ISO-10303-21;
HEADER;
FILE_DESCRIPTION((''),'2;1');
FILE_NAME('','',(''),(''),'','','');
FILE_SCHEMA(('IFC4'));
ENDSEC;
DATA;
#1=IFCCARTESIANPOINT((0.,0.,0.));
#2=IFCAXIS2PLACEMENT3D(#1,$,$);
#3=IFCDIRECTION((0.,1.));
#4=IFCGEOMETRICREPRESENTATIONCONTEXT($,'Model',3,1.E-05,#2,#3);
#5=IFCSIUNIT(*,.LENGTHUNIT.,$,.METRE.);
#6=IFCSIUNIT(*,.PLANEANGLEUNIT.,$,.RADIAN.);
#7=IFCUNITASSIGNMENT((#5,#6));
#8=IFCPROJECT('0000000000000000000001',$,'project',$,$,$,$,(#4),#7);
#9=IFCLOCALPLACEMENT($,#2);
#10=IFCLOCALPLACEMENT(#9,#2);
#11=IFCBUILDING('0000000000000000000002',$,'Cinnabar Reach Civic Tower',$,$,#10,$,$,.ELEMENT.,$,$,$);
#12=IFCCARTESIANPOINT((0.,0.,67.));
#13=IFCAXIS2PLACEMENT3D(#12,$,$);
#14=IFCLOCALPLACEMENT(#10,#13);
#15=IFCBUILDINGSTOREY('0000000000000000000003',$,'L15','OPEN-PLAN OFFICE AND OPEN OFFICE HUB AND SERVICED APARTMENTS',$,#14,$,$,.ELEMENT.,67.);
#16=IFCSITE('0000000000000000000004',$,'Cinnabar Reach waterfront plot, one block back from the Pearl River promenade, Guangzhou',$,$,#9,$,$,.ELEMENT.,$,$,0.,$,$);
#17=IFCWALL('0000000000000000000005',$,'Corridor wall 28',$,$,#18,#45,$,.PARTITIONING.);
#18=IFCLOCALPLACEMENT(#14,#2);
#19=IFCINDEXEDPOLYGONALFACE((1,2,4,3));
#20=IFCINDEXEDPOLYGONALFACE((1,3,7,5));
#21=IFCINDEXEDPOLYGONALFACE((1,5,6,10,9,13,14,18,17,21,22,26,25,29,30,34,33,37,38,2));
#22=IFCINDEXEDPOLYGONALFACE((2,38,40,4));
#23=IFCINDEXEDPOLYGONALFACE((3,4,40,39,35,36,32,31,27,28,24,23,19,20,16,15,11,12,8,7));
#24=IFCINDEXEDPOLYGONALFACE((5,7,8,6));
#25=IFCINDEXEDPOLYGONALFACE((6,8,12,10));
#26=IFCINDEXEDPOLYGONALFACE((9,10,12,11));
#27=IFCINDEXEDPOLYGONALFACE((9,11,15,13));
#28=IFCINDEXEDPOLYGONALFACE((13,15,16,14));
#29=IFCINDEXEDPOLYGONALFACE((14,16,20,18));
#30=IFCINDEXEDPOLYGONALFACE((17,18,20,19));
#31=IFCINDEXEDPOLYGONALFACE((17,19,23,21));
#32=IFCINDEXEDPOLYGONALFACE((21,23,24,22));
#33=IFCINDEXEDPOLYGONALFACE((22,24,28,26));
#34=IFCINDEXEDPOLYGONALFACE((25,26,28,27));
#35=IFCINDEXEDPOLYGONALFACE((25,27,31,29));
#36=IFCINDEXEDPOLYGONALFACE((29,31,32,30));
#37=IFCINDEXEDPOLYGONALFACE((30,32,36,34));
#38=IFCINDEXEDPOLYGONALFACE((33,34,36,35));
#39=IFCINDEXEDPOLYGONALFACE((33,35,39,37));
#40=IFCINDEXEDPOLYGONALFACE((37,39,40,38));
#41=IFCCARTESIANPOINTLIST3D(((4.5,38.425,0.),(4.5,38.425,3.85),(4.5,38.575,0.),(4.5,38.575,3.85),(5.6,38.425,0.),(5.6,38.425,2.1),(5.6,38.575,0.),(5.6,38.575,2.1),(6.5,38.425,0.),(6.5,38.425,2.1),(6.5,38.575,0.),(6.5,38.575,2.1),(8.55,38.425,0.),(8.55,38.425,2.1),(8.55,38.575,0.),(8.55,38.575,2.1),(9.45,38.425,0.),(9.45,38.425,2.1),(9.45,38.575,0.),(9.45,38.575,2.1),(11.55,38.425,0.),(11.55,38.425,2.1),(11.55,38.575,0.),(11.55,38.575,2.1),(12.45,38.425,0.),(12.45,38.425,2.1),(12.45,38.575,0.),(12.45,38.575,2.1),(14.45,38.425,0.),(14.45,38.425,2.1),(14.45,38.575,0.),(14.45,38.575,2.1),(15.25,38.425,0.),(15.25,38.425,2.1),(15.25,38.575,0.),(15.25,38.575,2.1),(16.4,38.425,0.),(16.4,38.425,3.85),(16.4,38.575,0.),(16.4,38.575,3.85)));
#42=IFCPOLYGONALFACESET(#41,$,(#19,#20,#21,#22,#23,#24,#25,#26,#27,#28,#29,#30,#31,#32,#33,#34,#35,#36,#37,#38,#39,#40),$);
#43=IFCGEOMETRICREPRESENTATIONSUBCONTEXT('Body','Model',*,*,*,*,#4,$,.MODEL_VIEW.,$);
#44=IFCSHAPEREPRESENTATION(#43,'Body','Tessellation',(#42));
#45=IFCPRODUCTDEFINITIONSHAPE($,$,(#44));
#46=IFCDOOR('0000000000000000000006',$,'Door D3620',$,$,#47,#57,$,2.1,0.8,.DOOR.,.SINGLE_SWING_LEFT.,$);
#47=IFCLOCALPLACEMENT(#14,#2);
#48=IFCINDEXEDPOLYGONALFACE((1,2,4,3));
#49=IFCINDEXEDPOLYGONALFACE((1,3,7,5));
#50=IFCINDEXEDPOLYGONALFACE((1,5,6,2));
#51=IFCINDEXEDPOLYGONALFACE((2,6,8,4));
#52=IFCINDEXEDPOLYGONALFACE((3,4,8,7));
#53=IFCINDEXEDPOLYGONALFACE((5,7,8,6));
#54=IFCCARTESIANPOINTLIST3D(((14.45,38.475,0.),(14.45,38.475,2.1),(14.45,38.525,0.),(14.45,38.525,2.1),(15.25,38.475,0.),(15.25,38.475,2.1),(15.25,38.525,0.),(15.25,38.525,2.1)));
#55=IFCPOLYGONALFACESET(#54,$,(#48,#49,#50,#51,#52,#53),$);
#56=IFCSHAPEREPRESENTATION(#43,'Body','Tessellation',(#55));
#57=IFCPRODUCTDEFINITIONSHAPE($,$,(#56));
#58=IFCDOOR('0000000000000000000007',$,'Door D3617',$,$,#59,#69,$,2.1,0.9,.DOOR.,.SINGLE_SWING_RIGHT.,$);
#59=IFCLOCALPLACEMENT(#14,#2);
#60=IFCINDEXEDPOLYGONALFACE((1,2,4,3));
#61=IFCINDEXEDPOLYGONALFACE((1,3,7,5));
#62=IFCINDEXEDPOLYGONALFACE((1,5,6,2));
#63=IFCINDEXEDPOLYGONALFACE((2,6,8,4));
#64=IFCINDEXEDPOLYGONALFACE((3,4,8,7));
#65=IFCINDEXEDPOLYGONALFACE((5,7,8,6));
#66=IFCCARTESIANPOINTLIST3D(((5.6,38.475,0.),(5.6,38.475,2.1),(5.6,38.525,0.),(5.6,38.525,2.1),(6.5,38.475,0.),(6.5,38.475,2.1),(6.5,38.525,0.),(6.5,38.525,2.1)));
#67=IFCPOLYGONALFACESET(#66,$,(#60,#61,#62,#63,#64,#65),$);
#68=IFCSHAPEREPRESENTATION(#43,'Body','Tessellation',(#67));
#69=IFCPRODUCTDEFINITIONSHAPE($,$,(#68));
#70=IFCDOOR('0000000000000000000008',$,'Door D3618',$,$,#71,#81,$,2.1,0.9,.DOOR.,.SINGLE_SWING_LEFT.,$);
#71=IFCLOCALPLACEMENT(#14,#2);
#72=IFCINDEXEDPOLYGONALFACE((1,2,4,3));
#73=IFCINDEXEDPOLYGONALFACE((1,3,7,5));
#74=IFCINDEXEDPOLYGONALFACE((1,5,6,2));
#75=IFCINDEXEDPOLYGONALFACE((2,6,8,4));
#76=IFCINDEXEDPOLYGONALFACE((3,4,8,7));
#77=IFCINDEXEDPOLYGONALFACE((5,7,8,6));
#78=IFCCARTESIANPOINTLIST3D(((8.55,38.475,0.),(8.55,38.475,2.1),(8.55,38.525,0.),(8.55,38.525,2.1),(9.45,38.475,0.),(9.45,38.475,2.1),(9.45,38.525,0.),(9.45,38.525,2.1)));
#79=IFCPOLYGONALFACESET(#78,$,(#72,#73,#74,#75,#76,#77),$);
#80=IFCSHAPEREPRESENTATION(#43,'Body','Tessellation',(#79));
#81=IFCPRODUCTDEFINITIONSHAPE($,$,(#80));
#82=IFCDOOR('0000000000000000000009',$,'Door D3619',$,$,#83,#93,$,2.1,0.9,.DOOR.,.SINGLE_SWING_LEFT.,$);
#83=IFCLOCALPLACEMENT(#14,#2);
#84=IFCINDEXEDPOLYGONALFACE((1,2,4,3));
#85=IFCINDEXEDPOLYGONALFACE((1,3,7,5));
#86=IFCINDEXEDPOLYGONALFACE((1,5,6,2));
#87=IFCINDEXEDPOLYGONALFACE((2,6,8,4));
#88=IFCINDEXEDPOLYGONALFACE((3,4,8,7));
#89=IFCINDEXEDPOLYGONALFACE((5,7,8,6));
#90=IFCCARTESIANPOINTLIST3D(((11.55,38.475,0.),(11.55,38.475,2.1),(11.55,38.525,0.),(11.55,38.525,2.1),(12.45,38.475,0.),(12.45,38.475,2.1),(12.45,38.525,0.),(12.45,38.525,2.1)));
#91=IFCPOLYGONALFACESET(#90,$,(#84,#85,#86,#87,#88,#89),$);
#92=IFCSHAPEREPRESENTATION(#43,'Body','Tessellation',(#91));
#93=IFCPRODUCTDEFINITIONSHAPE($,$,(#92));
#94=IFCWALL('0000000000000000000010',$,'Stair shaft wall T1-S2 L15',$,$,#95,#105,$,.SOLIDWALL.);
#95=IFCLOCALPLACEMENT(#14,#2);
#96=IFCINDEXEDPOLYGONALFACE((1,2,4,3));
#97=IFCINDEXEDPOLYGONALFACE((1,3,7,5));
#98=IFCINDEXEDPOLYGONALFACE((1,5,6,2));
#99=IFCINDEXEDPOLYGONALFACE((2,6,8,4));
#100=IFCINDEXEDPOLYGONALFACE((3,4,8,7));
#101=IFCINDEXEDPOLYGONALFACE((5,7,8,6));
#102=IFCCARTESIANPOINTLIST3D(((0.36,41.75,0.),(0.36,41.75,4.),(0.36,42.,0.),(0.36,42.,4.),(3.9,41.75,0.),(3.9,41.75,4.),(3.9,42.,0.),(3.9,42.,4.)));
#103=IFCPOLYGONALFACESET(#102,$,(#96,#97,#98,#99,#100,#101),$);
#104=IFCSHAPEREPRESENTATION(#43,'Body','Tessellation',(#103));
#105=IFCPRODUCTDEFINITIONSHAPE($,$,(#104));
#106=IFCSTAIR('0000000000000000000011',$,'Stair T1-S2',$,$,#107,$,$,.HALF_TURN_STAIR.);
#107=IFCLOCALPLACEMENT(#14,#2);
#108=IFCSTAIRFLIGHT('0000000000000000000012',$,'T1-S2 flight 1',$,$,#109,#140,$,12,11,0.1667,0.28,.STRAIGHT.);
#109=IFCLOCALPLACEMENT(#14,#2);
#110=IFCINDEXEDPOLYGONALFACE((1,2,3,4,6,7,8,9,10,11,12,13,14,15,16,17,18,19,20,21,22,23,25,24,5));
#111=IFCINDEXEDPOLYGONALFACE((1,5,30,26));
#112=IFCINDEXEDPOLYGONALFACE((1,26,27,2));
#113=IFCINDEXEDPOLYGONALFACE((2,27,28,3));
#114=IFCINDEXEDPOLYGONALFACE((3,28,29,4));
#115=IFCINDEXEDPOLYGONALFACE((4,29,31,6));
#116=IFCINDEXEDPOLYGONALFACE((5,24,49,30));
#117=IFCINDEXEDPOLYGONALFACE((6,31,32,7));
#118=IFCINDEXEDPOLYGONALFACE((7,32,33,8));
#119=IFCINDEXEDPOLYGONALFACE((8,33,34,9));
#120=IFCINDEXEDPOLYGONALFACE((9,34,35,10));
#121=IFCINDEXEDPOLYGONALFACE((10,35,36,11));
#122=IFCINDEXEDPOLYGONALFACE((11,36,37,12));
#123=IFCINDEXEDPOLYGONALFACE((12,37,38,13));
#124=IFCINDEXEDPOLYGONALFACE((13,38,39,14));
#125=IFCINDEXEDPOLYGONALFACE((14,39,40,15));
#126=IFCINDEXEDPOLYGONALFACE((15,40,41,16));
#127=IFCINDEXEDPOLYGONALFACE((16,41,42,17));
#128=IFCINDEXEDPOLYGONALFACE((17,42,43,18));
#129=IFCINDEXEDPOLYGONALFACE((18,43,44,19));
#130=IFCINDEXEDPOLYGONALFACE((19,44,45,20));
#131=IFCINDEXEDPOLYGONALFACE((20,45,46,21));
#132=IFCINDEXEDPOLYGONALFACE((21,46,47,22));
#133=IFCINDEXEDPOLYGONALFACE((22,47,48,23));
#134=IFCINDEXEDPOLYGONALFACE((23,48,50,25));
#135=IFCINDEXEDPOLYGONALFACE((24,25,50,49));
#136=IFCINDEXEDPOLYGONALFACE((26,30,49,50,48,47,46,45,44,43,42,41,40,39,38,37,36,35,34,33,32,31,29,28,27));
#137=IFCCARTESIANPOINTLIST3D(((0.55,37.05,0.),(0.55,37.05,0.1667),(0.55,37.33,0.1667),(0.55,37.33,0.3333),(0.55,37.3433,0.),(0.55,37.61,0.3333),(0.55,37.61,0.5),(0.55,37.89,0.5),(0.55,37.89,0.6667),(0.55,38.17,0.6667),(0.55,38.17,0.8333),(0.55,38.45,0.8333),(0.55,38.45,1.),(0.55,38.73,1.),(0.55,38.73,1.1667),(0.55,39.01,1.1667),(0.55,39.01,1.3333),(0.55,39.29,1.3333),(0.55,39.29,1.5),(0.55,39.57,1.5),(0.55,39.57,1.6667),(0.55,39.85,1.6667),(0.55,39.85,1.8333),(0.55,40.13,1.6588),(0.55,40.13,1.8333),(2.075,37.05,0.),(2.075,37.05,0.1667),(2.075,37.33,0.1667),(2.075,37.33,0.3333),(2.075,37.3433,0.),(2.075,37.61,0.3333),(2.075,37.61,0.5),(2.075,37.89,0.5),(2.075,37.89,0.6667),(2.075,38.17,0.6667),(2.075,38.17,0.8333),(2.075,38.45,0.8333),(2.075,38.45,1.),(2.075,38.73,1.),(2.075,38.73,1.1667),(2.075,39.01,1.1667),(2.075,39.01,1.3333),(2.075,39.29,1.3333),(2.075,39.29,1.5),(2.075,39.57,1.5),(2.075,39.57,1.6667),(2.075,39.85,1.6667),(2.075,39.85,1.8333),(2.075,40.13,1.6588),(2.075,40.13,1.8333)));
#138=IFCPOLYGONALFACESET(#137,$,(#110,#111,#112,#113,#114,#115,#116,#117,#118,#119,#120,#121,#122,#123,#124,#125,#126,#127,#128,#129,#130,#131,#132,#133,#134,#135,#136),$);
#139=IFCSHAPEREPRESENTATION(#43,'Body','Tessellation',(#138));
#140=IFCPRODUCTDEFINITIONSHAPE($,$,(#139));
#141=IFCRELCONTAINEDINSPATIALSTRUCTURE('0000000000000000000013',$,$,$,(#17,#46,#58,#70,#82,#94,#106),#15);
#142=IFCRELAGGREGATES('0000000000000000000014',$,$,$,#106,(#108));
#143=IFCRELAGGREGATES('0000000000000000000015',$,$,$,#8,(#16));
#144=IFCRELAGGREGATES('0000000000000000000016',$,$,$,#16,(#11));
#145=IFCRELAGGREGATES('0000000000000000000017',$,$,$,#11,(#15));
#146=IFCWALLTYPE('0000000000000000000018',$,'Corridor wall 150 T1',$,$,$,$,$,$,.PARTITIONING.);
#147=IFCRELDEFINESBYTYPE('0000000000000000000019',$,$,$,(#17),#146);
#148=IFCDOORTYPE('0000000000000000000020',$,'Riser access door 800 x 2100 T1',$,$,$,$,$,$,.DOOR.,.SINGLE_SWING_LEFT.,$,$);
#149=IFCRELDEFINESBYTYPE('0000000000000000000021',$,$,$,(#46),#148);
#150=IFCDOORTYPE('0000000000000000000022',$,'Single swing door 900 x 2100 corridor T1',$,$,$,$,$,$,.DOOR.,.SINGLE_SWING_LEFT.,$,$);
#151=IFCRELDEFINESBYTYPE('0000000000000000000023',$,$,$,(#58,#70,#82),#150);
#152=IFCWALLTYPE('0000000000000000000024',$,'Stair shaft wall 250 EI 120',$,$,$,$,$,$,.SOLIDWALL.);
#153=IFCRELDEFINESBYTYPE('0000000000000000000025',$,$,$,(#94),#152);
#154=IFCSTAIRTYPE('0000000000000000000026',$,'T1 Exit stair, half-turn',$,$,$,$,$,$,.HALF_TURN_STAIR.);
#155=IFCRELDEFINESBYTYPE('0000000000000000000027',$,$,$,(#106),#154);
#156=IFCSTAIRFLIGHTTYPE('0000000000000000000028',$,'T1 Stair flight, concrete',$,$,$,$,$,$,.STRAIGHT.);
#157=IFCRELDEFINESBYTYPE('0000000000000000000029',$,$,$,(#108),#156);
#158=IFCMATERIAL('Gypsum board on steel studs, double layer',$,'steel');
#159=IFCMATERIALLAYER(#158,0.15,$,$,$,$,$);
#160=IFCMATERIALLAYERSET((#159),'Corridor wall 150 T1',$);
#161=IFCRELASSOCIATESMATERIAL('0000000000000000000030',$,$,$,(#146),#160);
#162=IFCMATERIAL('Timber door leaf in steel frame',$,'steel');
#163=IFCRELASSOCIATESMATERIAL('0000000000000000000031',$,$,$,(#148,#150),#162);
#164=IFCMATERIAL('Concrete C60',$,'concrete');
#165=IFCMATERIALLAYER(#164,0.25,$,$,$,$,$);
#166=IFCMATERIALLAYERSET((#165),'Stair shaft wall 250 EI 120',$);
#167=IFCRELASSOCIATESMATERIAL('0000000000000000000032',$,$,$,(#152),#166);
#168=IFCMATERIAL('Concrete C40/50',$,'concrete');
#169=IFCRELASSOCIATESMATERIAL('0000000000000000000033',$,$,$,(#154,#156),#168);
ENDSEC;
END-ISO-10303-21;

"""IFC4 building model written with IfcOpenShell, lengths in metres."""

from ifc_helpers import new_model, si_unit, direction, frame, frame_2d, origin, place, context, subcontext, project, spatial, polyline, rectangle, outline, extrude, material, layer, layer_set, type_object, element, fill, aggregate, save


model = new_model("IFC4")

# Units and contexts
model_context = context("Model", 3, precision=1e-05, world=origin(), true_north=direction((0.0, 1.0)))
body_context = subcontext(model_context, "Body", "Model", "MODEL_VIEW")
ifc_project = project(units=[si_unit("LENGTHUNIT", "METRE"), si_unit("PLANEANGLEUNIT", "RADIAN")], contexts=[model_context])

# Site, building, storey
site_placement = place(None, origin())
site = spatial("IfcSite", under=ifc_project, at=site_placement, Name="Cinnabar Reach waterfront plot, one block back from the Pearl River promenade, Guangzhou", CompositionType="ELEMENT", RefElevation=0.0)
building_placement = place(site_placement, origin())
building = spatial("IfcBuilding", under=site, at=building_placement, Name="Cinnabar Reach Civic Tower", CompositionType="ELEMENT")
storey_placement = place(building_placement, frame((0.0, 0.0, 67.0)))
storey = spatial("IfcBuildingStorey", under=building, at=storey_placement, Name="L15", Description="OPEN-PLAN OFFICE AND OPEN OFFICE HUB AND SERVICED APARTMENTS", CompositionType="ELEMENT", Elevation=67.0)

# Shared definitions
ifc_material_1 = material(Name="Timber door leaf in steel frame", Category="steel")

# Wall, openings, doors
ifc_material_2 = material(Name="Gypsum board on steel studs, double layer", Category="steel")
ifc_layer_1 = layer(ifc_material_2, 0.15)
ifc_layer_set_1 = layer_set([ifc_layer_1], Name="Corridor wall 150 T1")
wall_type_1 = type_object("IfcWallType", Name="Corridor wall 150 T1", PredefinedType="PARTITIONING", material=ifc_layer_set_1)
wall_1_placement = place(storey_placement, frame((4.5, 38.5, 0.0), z_axis=(0.0, 0.0, 1.0), x_axis=(1.0, 0.0, 0.0)))
wall_1 = element("IfcWall", 1, at=wall_1_placement, inside=storey, type_object=wall_type_1, Name="Corridor wall 28", PredefinedType="PARTITIONING", context=body_context, shape_type="SweptSolid", body=[
    extrude(rectangle(XDim=11.9, YDim=0.15, at=frame_2d((5.95, 0.0))), origin(), (0.0, 0.0, 1.0), 3.85),
])
opening_1_placement = place(wall_1_placement, frame((1.1, 0.0, 0.0)))
opening_1 = element("IfcOpeningElement", 2, at=opening_1_placement, cuts=wall_1, PredefinedType="OPENING", context=body_context, shape_type="SweptSolid", body=[
    extrude(rectangle(XDim=0.9, YDim=2.1, at=frame_2d((0.45, 1.05))), frame((0.0, 0.085, 0.0), z_axis=(0.0, -1.0, 0.0), x_axis=(1.0, 0.0, 0.0)), (0.0, 0.0, 1.0), 0.17),
])
opening_2_placement = place(wall_1_placement, frame((4.05, 0.0, 0.0)))
opening_2 = element("IfcOpeningElement", 3, at=opening_2_placement, cuts=wall_1, PredefinedType="OPENING", context=body_context, shape_type="SweptSolid", body=[
    extrude(rectangle(XDim=0.9, YDim=2.1, at=frame_2d((0.45, 1.05))), frame((0.0, 0.085, 0.0), z_axis=(0.0, -1.0, 0.0), x_axis=(1.0, 0.0, 0.0)), (0.0, 0.0, 1.0), 0.17),
])
opening_3_placement = place(wall_1_placement, frame((7.05, 0.0, 0.0)))
opening_3 = element("IfcOpeningElement", 4, at=opening_3_placement, cuts=wall_1, PredefinedType="OPENING", context=body_context, shape_type="SweptSolid", body=[
    extrude(rectangle(XDim=0.9, YDim=2.1, at=frame_2d((0.45, 1.05))), frame((0.0, 0.085, 0.0), z_axis=(0.0, -1.0, 0.0), x_axis=(1.0, 0.0, 0.0)), (0.0, 0.0, 1.0), 0.17),
])
opening_4_placement = place(wall_1_placement, frame((9.95, 0.0, 0.0)))
opening_4 = element("IfcOpeningElement", 5, at=opening_4_placement, cuts=wall_1, PredefinedType="OPENING", context=body_context, shape_type="SweptSolid", body=[
    extrude(rectangle(XDim=0.8, YDim=2.1, at=frame_2d((0.4, 1.05))), frame((0.0, 0.085, 0.0), z_axis=(0.0, -1.0, 0.0), x_axis=(1.0, 0.0, 0.0)), (0.0, 0.0, 1.0), 0.17),
])
door_type_1 = type_object("IfcDoorType", Name="Riser access door 800 x 2100 T1", OperationType="SINGLE_SWING_LEFT", PredefinedType="DOOR", material=ifc_material_1)
door_1_placement = place(opening_4_placement, origin())
door_1 = element("IfcDoor", 6, at=door_1_placement, inside=storey, type_object=door_type_1, Name="Door D3620", OperationType="SINGLE_SWING_LEFT", OverallHeight=2.1, OverallWidth=0.8, PredefinedType="DOOR", context=body_context, shape_type="SweptSolid", body=[
    extrude(rectangle(XDim=0.8, YDim=2.1, at=frame_2d((0.4, 1.05))), frame((0.0, 0.025, 0.0), z_axis=(0.0, -1.0, 0.0), x_axis=(1.0, 0.0, 0.0)), (0.0, 0.0, 1.0), 0.05),
])
fill(opening_4, door_1)
door_type_2 = type_object("IfcDoorType", Name="Single swing door 900 x 2100 corridor T1", OperationType="SINGLE_SWING_LEFT", PredefinedType="DOOR", material=ifc_material_1)
door_2_placement = place(opening_1_placement, origin())
door_2 = element("IfcDoor", 7, at=door_2_placement, inside=storey, type_object=door_type_2, Name="Door D3617", OperationType="SINGLE_SWING_RIGHT", OverallHeight=2.1, OverallWidth=0.9, PredefinedType="DOOR", context=body_context, shape_type="SweptSolid", body=[
    extrude(rectangle(XDim=0.9, YDim=2.1, at=frame_2d((0.45, 1.05))), frame((0.0, 0.025, 0.0), z_axis=(0.0, -1.0, 0.0), x_axis=(1.0, 0.0, 0.0)), (0.0, 0.0, 1.0), 0.05),
])
fill(opening_1, door_2)
door_3_placement = place(opening_2_placement, origin())
door_3 = element("IfcDoor", 8, at=door_3_placement, inside=storey, type_object=door_type_2, Name="Door D3618", OperationType="SINGLE_SWING_LEFT", OverallHeight=2.1, OverallWidth=0.9, PredefinedType="DOOR", context=body_context, shape_type="SweptSolid", body=[
    extrude(rectangle(XDim=0.9, YDim=2.1, at=frame_2d((0.45, 1.05))), frame((0.0, 0.025, 0.0), z_axis=(0.0, -1.0, 0.0), x_axis=(1.0, 0.0, 0.0)), (0.0, 0.0, 1.0), 0.05),
])
fill(opening_2, door_3)
door_4_placement = place(opening_3_placement, origin())
door_4 = element("IfcDoor", 9, at=door_4_placement, inside=storey, type_object=door_type_2, Name="Door D3619", OperationType="SINGLE_SWING_LEFT", OverallHeight=2.1, OverallWidth=0.9, PredefinedType="DOOR", context=body_context, shape_type="SweptSolid", body=[
    extrude(rectangle(XDim=0.9, YDim=2.1, at=frame_2d((0.45, 1.05))), frame((0.0, 0.025, 0.0), z_axis=(0.0, -1.0, 0.0), x_axis=(1.0, 0.0, 0.0)), (0.0, 0.0, 1.0), 0.05),
])
fill(opening_3, door_4)

# Wall
ifc_material_3 = material(Name="Concrete C60", Category="concrete")
ifc_layer_2 = layer(ifc_material_3, 0.25)
ifc_layer_set_2 = layer_set([ifc_layer_2], Name="Stair shaft wall 250 EI 120")
wall_type_2 = type_object("IfcWallType", Name="Stair shaft wall 250 EI 120", PredefinedType="SOLIDWALL", material=ifc_layer_set_2)
wall_2_placement = place(storey_placement, frame((3.9, 41.875, 0.0), z_axis=(0.0, 0.0, 1.0), x_axis=(-1.0, 0.0, 0.0)))
element("IfcWall", 10, at=wall_2_placement, inside=storey, type_object=wall_type_2, Name="Stair shaft wall T1-S2 L15", PredefinedType="SOLIDWALL", context=body_context, shape_type="SweptSolid", body=[
    extrude(rectangle(XDim=3.54, YDim=0.25, at=frame_2d((1.77, 0.0))), origin(), (0.0, 0.0, 1.0), 4.0),
])

# Stair, stair flight
ifc_material_4 = material(Name="Concrete C40/50", Category="concrete")
stair_type = type_object("IfcStairType", Name="T1 Exit stair, half-turn", PredefinedType="HALF_TURN_STAIR", material=ifc_material_4)
stair_placement = place(storey_placement, origin())
stair = element("IfcStair", 11, at=stair_placement, inside=storey, type_object=stair_type, Name="Stair T1-S2", PredefinedType="HALF_TURN_STAIR")
stair_flight_type = type_object("IfcStairFlightType", Name="T1 Stair flight, concrete", PredefinedType="STRAIGHT", material=ifc_material_4)
stair_flight_1_placement = place(storey_placement, frame((1.3125, 37.05, 0.0), z_axis=(0.0, 0.0, 1.0), x_axis=(0.0, 1.0, 0.0)))
stair_flight_1 = element("IfcStairFlight", 12, at=stair_flight_1_placement, type_object=stair_flight_type, Name="T1-S2 flight 1", NumberOfRisers=12, NumberOfTreads=11, PredefinedType="STRAIGHT", RiserHeight=0.1667, TreadLength=0.28, context=body_context, shape_type="SweptSolid", body=[
    extrude(outline(polyline([(0.0, 0.0), (0.0, 0.1667), (0.28, 0.1667), (0.28, 0.3333), (0.56, 0.3333), (0.56, 0.5), (0.84, 0.5), (0.84, 0.6667), (1.12, 0.6667), (1.12, 0.8333), (1.4, 0.8333), (1.4, 1.0), (1.68, 1.0), (1.68, 1.1667), (1.96, 1.1667), (1.96, 1.3333), (2.24, 1.3333), (2.24, 1.5), (2.52, 1.5), (2.52, 1.6667), (2.8, 1.6667), (2.8, 1.8333), (3.08, 1.8333), (3.08, 2.0), (3.08, 1.6588), (0.2933, 0.0), (0.0, 0.0)])), frame((0.0, 0.7625, 0.0), z_axis=(0.0, -1.0, 0.0), x_axis=(1.0, 0.0, 0.0)), (0.0, 0.0, 1.0), 1.525),
])
aggregate(stair, [stair_flight_1])

save(model, "model.ifc")
